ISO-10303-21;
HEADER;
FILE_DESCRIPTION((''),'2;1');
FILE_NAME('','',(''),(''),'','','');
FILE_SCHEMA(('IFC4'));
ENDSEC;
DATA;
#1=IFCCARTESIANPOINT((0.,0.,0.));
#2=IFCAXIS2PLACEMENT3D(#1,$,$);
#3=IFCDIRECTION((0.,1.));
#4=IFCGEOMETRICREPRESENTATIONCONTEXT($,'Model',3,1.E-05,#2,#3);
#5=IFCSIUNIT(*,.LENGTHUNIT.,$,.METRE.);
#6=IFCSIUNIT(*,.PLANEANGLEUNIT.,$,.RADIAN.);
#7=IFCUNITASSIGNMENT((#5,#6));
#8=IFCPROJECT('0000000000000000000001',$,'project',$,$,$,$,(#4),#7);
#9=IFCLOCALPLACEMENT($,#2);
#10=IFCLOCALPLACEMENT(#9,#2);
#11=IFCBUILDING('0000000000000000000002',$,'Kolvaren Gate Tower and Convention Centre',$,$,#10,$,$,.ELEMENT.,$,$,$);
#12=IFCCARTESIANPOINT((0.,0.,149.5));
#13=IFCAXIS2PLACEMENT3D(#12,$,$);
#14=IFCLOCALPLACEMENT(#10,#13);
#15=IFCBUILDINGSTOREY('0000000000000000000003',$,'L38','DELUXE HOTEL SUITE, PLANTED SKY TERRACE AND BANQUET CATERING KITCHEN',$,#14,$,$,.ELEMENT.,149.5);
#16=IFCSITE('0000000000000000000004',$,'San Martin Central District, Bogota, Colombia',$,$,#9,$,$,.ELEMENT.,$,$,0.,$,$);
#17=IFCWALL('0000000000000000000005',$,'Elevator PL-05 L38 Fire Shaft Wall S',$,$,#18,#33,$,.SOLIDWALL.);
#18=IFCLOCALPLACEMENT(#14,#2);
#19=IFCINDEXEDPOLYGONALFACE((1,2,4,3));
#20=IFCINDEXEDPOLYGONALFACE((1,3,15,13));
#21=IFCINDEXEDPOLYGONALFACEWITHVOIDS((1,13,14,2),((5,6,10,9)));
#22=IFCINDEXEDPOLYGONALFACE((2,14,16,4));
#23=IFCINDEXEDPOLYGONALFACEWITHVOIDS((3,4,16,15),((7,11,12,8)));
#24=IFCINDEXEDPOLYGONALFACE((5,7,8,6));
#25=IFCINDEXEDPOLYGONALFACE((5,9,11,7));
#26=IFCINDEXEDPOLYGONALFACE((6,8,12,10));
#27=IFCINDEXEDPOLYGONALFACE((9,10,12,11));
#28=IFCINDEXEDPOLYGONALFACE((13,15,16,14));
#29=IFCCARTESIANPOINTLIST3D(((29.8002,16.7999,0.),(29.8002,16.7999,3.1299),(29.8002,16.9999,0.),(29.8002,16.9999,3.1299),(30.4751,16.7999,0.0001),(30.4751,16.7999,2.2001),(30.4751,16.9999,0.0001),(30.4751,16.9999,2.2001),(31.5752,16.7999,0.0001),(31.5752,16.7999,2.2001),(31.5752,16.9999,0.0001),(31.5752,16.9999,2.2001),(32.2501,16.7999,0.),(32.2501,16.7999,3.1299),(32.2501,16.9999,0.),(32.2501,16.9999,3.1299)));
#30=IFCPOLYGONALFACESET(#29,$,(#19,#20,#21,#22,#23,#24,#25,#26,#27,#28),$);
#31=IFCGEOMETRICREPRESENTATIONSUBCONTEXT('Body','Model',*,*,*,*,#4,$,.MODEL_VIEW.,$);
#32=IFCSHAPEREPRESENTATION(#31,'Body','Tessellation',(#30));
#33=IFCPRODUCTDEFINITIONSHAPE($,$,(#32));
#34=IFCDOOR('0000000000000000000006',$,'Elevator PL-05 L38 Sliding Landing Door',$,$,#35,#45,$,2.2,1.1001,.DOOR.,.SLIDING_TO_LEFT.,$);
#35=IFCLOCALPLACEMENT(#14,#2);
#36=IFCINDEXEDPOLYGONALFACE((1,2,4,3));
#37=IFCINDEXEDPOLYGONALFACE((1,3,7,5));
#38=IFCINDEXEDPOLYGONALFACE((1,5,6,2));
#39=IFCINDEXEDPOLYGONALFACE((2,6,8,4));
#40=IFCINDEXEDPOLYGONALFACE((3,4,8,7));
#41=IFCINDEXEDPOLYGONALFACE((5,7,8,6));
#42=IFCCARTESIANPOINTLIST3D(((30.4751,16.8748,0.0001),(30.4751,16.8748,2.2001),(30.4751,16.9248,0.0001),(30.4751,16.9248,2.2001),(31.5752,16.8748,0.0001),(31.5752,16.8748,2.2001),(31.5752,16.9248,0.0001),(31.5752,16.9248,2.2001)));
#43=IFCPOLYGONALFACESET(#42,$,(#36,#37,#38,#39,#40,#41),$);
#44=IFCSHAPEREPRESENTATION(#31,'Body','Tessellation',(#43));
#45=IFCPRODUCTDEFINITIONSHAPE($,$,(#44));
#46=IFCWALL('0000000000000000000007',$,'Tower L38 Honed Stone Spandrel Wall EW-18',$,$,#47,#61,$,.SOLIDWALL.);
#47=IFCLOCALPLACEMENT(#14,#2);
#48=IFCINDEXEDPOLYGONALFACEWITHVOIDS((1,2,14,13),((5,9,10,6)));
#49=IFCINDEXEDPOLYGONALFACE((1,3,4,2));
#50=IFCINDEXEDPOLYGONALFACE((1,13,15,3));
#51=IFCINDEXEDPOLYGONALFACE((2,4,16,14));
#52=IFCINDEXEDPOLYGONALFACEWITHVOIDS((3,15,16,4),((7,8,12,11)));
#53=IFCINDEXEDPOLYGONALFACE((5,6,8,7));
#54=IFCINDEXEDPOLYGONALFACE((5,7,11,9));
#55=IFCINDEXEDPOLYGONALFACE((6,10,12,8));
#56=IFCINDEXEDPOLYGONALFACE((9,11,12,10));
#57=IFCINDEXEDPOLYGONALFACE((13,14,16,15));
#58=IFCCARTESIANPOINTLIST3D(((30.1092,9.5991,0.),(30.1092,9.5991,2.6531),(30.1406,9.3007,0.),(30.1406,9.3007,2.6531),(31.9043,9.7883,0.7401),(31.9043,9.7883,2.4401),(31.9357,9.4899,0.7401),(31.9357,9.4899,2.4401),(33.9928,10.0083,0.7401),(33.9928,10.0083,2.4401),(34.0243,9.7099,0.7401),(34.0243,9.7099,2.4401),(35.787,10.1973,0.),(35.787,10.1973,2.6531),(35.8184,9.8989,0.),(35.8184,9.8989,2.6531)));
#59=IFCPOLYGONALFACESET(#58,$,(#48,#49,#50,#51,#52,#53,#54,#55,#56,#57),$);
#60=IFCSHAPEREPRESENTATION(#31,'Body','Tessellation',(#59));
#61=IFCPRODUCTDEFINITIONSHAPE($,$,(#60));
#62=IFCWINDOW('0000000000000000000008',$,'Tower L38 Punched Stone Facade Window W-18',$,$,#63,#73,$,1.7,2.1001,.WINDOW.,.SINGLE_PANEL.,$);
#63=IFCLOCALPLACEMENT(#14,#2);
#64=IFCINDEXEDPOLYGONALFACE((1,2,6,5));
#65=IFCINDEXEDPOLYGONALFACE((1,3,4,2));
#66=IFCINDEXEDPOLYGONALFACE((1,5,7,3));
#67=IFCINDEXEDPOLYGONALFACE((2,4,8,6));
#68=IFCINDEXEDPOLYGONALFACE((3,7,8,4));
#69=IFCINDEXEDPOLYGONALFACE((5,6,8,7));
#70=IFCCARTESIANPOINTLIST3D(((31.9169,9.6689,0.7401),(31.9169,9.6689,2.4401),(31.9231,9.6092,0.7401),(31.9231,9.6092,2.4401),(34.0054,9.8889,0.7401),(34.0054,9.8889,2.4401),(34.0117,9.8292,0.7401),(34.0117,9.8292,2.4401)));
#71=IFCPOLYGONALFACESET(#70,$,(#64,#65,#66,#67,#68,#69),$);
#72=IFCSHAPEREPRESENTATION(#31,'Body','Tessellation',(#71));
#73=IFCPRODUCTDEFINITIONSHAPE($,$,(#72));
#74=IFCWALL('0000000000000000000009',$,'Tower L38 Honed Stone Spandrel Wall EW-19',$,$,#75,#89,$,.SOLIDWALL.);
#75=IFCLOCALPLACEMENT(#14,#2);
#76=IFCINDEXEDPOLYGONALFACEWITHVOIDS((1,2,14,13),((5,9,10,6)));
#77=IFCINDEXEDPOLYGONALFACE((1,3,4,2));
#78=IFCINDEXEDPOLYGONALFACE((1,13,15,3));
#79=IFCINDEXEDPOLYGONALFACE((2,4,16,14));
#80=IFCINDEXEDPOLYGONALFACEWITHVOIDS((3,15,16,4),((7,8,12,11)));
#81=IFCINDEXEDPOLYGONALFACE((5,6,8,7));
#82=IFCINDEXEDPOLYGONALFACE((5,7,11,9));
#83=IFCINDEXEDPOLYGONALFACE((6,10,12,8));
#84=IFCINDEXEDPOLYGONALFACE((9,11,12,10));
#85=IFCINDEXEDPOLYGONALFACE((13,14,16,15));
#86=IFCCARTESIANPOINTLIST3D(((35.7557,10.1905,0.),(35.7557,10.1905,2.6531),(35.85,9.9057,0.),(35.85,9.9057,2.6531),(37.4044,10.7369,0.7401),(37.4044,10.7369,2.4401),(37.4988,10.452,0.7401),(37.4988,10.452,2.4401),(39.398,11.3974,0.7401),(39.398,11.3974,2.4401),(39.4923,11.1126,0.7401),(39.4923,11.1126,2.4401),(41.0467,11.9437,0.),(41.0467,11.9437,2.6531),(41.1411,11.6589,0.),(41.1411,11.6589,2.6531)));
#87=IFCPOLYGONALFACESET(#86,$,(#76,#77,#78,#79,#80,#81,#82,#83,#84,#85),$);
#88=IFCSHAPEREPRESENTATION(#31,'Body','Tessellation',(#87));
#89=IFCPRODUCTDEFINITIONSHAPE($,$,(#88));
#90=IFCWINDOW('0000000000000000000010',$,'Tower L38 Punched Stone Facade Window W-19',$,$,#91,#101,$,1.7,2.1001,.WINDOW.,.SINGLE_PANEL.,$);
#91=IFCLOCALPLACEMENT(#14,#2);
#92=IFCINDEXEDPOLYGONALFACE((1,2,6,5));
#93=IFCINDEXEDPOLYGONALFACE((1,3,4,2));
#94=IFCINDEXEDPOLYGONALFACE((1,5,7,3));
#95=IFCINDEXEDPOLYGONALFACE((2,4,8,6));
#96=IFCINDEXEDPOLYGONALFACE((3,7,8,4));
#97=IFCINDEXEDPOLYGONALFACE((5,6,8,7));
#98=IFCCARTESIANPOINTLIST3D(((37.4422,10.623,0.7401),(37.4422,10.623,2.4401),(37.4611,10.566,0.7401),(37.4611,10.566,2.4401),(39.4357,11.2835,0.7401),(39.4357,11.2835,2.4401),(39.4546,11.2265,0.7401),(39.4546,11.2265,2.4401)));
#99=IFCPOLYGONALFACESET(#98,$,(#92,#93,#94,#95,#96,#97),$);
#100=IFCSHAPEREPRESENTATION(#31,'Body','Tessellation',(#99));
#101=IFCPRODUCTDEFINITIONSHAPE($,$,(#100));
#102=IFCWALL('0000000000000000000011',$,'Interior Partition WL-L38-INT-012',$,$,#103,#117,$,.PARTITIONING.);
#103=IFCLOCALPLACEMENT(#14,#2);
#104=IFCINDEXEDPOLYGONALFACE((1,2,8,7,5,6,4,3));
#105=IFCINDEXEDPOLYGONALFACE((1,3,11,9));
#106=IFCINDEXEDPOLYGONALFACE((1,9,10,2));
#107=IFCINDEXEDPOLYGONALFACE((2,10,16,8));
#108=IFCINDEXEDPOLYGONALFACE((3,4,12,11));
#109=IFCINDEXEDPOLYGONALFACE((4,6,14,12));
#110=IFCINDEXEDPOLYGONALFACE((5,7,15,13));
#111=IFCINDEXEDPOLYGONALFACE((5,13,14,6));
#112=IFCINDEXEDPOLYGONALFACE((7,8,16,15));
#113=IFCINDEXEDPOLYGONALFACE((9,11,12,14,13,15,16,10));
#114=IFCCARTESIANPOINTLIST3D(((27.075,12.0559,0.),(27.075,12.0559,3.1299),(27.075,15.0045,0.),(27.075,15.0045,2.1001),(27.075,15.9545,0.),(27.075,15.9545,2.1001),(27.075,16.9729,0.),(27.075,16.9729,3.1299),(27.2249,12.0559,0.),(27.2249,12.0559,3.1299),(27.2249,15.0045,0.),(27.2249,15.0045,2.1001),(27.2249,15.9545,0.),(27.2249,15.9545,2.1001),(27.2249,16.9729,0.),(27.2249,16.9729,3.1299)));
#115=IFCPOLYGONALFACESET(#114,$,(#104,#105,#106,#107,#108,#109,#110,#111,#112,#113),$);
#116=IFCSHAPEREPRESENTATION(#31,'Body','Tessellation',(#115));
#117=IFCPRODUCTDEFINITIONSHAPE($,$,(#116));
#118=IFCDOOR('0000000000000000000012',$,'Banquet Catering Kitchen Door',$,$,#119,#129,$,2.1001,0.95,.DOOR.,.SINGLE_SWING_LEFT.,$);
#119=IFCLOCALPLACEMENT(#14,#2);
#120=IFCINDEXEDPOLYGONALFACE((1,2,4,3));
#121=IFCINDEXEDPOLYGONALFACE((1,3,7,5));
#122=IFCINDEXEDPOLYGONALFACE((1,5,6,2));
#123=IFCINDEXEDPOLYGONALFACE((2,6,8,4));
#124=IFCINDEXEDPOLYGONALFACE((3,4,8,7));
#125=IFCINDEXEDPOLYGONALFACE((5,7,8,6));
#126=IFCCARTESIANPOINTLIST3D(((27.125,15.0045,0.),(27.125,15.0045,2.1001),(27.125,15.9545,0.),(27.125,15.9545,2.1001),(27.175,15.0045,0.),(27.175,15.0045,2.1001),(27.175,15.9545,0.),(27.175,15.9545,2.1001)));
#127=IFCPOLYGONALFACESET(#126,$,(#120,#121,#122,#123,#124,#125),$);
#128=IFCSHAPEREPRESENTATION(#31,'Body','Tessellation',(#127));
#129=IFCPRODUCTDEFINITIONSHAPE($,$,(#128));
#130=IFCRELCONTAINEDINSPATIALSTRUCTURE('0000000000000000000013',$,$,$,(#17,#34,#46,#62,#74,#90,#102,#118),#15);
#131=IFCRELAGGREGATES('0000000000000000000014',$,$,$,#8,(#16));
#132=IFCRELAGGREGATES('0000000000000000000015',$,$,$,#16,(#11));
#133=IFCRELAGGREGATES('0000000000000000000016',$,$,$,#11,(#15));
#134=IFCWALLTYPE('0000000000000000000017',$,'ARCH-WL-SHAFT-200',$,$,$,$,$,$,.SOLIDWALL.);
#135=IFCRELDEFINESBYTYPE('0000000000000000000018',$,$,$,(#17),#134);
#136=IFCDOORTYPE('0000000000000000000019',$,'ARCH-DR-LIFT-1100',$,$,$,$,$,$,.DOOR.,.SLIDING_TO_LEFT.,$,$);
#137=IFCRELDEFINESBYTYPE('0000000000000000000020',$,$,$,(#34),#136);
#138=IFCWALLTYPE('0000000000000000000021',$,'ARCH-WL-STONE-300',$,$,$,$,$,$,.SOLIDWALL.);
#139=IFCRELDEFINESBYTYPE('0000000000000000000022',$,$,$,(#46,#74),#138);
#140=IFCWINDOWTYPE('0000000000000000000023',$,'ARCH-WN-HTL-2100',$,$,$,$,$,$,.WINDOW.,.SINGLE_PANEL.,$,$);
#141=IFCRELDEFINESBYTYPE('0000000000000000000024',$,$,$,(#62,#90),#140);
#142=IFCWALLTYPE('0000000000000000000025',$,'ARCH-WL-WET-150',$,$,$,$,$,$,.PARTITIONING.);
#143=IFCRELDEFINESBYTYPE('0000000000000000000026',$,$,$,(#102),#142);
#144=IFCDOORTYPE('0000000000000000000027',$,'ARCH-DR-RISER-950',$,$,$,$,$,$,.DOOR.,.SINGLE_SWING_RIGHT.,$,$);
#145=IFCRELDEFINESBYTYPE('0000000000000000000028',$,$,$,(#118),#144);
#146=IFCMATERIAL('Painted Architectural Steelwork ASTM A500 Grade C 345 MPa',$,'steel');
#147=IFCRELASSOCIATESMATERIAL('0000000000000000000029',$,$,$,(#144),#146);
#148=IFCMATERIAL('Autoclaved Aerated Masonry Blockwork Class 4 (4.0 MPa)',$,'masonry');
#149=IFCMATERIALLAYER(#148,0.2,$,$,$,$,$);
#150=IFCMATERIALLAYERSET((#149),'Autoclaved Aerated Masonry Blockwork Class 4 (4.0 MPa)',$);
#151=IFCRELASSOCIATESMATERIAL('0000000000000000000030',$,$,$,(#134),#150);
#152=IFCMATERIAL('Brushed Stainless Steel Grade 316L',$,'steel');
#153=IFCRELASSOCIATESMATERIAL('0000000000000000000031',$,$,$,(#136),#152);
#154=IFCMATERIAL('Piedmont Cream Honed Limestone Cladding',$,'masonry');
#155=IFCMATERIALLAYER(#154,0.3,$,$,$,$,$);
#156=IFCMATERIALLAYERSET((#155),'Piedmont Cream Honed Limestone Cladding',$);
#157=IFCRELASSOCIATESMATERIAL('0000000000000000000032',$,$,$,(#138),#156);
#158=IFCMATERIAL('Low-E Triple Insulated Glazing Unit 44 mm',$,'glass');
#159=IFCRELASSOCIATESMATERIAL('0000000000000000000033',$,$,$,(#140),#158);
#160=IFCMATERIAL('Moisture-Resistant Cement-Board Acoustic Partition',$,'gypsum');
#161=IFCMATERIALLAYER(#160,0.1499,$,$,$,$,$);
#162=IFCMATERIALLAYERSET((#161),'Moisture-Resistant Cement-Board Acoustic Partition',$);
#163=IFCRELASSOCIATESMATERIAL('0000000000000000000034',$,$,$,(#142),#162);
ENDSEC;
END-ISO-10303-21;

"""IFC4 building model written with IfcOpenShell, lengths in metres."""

from ifc_helpers import new_model, si_unit, direction, frame, frame_2d, origin, place, context, subcontext, project, spatial, rectangle, extrude, material, layer, layer_set, type_object, element, fill, save


model = new_model("IFC4")

# Units and contexts
model_context = context("Model", 3, precision=1e-05, world=origin(), true_north=direction((0.0, 1.0)))
body_context = subcontext(model_context, "Body", "Model", "MODEL_VIEW")
ifc_project = project(units=[si_unit("LENGTHUNIT", "METRE"), si_unit("PLANEANGLEUNIT", "RADIAN")], contexts=[model_context])

# Site, building, storey
site_placement = place(None, origin())
site = spatial("IfcSite", under=ifc_project, at=site_placement, Name="San Martin Central District, Bogota, Colombia", CompositionType="ELEMENT", RefElevation=0.0)
building_placement = place(site_placement, origin())
building = spatial("IfcBuilding", under=site, at=building_placement, Name="Kolvaren Gate Tower and Convention Centre", CompositionType="ELEMENT")
storey_placement = place(building_placement, frame((0.0, 0.0, 149.5)))
storey = spatial("IfcBuildingStorey", under=building, at=storey_placement, Name="L38", Description="DELUXE HOTEL SUITE, PLANTED SKY TERRACE AND BANQUET CATERING KITCHEN", CompositionType="ELEMENT", Elevation=149.5)

# Shared definitions
ifc_material_1 = material(Name="Painted Architectural Steelwork ASTM A500 Grade C 345 MPa", Category="steel")
door_type_1 = type_object("IfcDoorType", Name="ARCH-DR-RISER-950", OperationType="SINGLE_SWING_RIGHT", PredefinedType="DOOR", material=ifc_material_1)

# Wall, opening, door
ifc_material_2 = material(Name="Autoclaved Aerated Masonry Blockwork Class 4 (4.0 MPa)", Category="masonry")
ifc_layer_1 = layer(ifc_material_2, 0.2)
ifc_layer_set_1 = layer_set([ifc_layer_1], Name="Autoclaved Aerated Masonry Blockwork Class 4 (4.0 MPa)")
wall_type_1 = type_object("IfcWallType", Name="ARCH-WL-SHAFT-200", PredefinedType="SOLIDWALL", material=ifc_layer_set_1)
wall_1_placement = place(storey_placement, frame((29.8, 16.8999, 0.0), z_axis=(0.0, 0.0, 1.0), x_axis=(1.0, 0.0, 0.0)))
wall_1 = element("IfcWall", 1, at=wall_1_placement, inside=storey, type_object=wall_type_1, Name="Elevator PL-05 L38 Fire Shaft Wall S", PredefinedType="SOLIDWALL", context=body_context, shape_type="SweptSolid", body=[
    extrude(rectangle(XDim=2.45, YDim=0.2, at=frame_2d((1.2251, 0.0))), origin(), (0.0, 0.0, 1.0), 3.1299),
])
opening_1_placement = place(wall_1_placement, frame((0.675, 0.0, 0.0)))
opening_1 = element("IfcOpeningElement", 2, at=opening_1_placement, cuts=wall_1, PredefinedType="OPENING", context=body_context, shape_type="SweptSolid", body=[
    extrude(rectangle(XDim=1.1001, YDim=2.2, at=frame_2d((0.55, 1.1001))), frame((0.0, 0.1099, 0.0), z_axis=(0.0, -1.0, 0.0), x_axis=(1.0, 0.0, 0.0)), (0.0, 0.0, 1.0), 0.22),
])
ifc_material_3 = material(Name="Brushed Stainless Steel Grade 316L", Category="steel")
door_type_2 = type_object("IfcDoorType", Name="ARCH-DR-LIFT-1100", OperationType="SLIDING_TO_LEFT", PredefinedType="DOOR", material=ifc_material_3)
door_1_placement = place(opening_1_placement, origin())
door_1 = element("IfcDoor", 3, at=door_1_placement, inside=storey, type_object=door_type_2, Name="Elevator PL-05 L38 Sliding Landing Door", OperationType="SLIDING_TO_LEFT", OverallHeight=2.2, OverallWidth=1.1001, PredefinedType="DOOR", context=body_context, shape_type="SweptSolid", body=[
    extrude(rectangle(XDim=1.1001, YDim=2.2, at=frame_2d((0.55, 1.1001))), frame((0.0, 0.0249, 0.0), z_axis=(0.0, -1.0, 0.0), x_axis=(1.0, 0.0, 0.0)), (0.0, 0.0, 1.0), 0.05),
])
fill(opening_1, door_1)

# Walls, openings, windows
ifc_material_4 = material(Name="Piedmont Cream Honed Limestone Cladding", Category="masonry")
ifc_layer_2 = layer(ifc_material_4, 0.3)
ifc_layer_set_2 = layer_set([ifc_layer_2], Name="Piedmont Cream Honed Limestone Cladding")
wall_type_2 = type_object("IfcWallType", Name="ARCH-WL-STONE-300", PredefinedType="SOLIDWALL", material=ifc_layer_set_2)
wall_2_placement = place(storey_placement, frame((30.125, 9.45, 0.0), z_axis=(0.0, 0.0, 1.0), x_axis=(0.994497, 0.104769, 0.0)))
wall_2 = element("IfcWall", 4, at=wall_2_placement, inside=storey, type_object=wall_type_2, Name="Tower L38 Honed Stone Spandrel Wall EW-18", PredefinedType="SOLIDWALL", context=body_context, shape_type="SweptSolid", body=[
    extrude(rectangle(XDim=5.7092, YDim=0.3, at=frame_2d((2.8545, 0.0))), origin(), (0.0, 0.0, 1.0), 2.6531),
])
opening_2_placement = place(wall_2_placement, frame((1.8049, 0.0, 0.74)))
opening_2 = element("IfcOpeningElement", 5, at=opening_2_placement, cuts=wall_2, PredefinedType="OPENING", context=body_context, shape_type="SweptSolid", body=[
    extrude(rectangle(XDim=2.1001, YDim=1.7, at=frame_2d((1.05, 0.8501))), frame((0.0, 0.1599, 0.0), z_axis=(0.0, -1.0, 0.0), x_axis=(1.0, 0.0, 0.0)), (0.0, 0.0, 1.0), 0.3201),
])
ifc_material_5 = material(Name="Low-E Triple Insulated Glazing Unit 44 mm", Category="glass")
window_type = type_object("IfcWindowType", Name="ARCH-WN-HTL-2100", PartitioningType="SINGLE_PANEL", PredefinedType="WINDOW", material=ifc_material_5)
window_1_placement = place(opening_2_placement, origin())
window_1 = element("IfcWindow", 6, at=window_1_placement, inside=storey, type_object=window_type, Name="Tower L38 Punched Stone Facade Window W-18", OverallHeight=1.7, OverallWidth=2.1001, PartitioningType="SINGLE_PANEL", PredefinedType="WINDOW", context=body_context, shape_type="SweptSolid", body=[
    extrude(rectangle(XDim=2.1001, YDim=1.7, at=frame_2d((1.05, 0.8501))), frame((0.0, 0.03, 0.0), z_axis=(0.0, -1.0, 0.0), x_axis=(1.0, 0.0, 0.0)), (0.0, 0.0, 1.0), 0.0601),
])
fill(opening_2, window_1)
wall_3_placement = place(storey_placement, frame((35.8027, 10.0481, 0.0), z_axis=(0.0, 0.0, 1.0), x_axis=(0.949247, 0.314532, 0.0)))
wall_3 = element("IfcWall", 7, at=wall_3_placement, inside=storey, type_object=wall_type_2, Name="Tower L38 Honed Stone Spandrel Wall EW-19", PredefinedType="SOLIDWALL", context=body_context, shape_type="SweptSolid", body=[
    extrude(rectangle(XDim=5.574, YDim=0.3, at=frame_2d((2.7871, 0.0))), origin(), (0.0, 0.0, 1.0), 2.6531),
])
opening_3_placement = place(wall_3_placement, frame((1.7371, 0.0, 0.74)))
opening_3 = element("IfcOpeningElement", 8, at=opening_3_placement, cuts=wall_3, PredefinedType="OPENING", context=body_context, shape_type="SweptSolid", body=[
    extrude(rectangle(XDim=2.1001, YDim=1.7, at=frame_2d((1.05, 0.8501))), frame((0.0, 0.1599, 0.0), z_axis=(0.0, -1.0, 0.0), x_axis=(1.0, 0.0, 0.0)), (0.0, 0.0, 1.0), 0.3201),
])
window_2_placement = place(opening_3_placement, origin())
window_2 = element("IfcWindow", 9, at=window_2_placement, inside=storey, type_object=window_type, Name="Tower L38 Punched Stone Facade Window W-19", OverallHeight=1.7, OverallWidth=2.1001, PartitioningType="SINGLE_PANEL", PredefinedType="WINDOW", context=body_context, shape_type="SweptSolid", body=[
    extrude(rectangle(XDim=2.1001, YDim=1.7, at=frame_2d((1.05, 0.8501))), frame((0.0, 0.03, 0.0), z_axis=(0.0, -1.0, 0.0), x_axis=(1.0, 0.0, 0.0)), (0.0, 0.0, 1.0), 0.0601),
])
fill(opening_3, window_2)

# Wall, opening, door
ifc_material_6 = material(Name="Moisture-Resistant Cement-Board Acoustic Partition", Category="gypsum")
ifc_layer_3 = layer(ifc_material_6, 0.1499)
ifc_layer_set_3 = layer_set([ifc_layer_3], Name="Moisture-Resistant Cement-Board Acoustic Partition")
wall_type_3 = type_object("IfcWallType", Name="ARCH-WL-WET-150", PredefinedType="PARTITIONING", material=ifc_layer_set_3)
wall_4_placement = place(storey_placement, frame((27.1499, 12.0559, 0.0), z_axis=(0.0, 0.0, 1.0), x_axis=(0.0, 1.0, 0.0)))
wall_4 = element("IfcWall", 10, at=wall_4_placement, inside=storey, type_object=wall_type_3, Name="Interior Partition WL-L38-INT-012", PredefinedType="PARTITIONING", context=body_context, shape_type="SweptSolid", body=[
    extrude(rectangle(XDim=4.917, YDim=0.1499, at=frame_2d((2.4585, 0.0))), origin(), (0.0, 0.0, 1.0), 3.1299),
])
opening_4_placement = place(wall_4_placement, frame((2.9485, 0.0, 0.0)))
opening_4 = element("IfcOpeningElement", 11, at=opening_4_placement, cuts=wall_4, PredefinedType="OPENING", context=body_context, shape_type="SweptSolid", body=[
    extrude(rectangle(XDim=0.95, YDim=2.1001, at=frame_2d((0.4751, 1.05))), frame((0.0, 0.085, 0.0), z_axis=(0.0, -1.0, 0.0), x_axis=(1.0, 0.0, 0.0)), (0.0, 0.0, 1.0), 0.1699),
])
door_2_placement = place(opening_4_placement, origin())
door_2 = element("IfcDoor", 12, at=door_2_placement, inside=storey, type_object=door_type_1, Name="Banquet Catering Kitchen Door", OperationType="SINGLE_SWING_LEFT", OverallHeight=2.1001, OverallWidth=0.95, PredefinedType="DOOR", context=body_context, shape_type="SweptSolid", body=[
    extrude(rectangle(XDim=0.95, YDim=2.1001, at=frame_2d((0.4751, 1.05))), frame((0.0, 0.0249, 0.0), z_axis=(0.0, -1.0, 0.0), x_axis=(1.0, 0.0, 0.0)), (0.0, 0.0, 1.0), 0.05),
])
fill(opening_4, door_2)

save(model, "model.ifc")
